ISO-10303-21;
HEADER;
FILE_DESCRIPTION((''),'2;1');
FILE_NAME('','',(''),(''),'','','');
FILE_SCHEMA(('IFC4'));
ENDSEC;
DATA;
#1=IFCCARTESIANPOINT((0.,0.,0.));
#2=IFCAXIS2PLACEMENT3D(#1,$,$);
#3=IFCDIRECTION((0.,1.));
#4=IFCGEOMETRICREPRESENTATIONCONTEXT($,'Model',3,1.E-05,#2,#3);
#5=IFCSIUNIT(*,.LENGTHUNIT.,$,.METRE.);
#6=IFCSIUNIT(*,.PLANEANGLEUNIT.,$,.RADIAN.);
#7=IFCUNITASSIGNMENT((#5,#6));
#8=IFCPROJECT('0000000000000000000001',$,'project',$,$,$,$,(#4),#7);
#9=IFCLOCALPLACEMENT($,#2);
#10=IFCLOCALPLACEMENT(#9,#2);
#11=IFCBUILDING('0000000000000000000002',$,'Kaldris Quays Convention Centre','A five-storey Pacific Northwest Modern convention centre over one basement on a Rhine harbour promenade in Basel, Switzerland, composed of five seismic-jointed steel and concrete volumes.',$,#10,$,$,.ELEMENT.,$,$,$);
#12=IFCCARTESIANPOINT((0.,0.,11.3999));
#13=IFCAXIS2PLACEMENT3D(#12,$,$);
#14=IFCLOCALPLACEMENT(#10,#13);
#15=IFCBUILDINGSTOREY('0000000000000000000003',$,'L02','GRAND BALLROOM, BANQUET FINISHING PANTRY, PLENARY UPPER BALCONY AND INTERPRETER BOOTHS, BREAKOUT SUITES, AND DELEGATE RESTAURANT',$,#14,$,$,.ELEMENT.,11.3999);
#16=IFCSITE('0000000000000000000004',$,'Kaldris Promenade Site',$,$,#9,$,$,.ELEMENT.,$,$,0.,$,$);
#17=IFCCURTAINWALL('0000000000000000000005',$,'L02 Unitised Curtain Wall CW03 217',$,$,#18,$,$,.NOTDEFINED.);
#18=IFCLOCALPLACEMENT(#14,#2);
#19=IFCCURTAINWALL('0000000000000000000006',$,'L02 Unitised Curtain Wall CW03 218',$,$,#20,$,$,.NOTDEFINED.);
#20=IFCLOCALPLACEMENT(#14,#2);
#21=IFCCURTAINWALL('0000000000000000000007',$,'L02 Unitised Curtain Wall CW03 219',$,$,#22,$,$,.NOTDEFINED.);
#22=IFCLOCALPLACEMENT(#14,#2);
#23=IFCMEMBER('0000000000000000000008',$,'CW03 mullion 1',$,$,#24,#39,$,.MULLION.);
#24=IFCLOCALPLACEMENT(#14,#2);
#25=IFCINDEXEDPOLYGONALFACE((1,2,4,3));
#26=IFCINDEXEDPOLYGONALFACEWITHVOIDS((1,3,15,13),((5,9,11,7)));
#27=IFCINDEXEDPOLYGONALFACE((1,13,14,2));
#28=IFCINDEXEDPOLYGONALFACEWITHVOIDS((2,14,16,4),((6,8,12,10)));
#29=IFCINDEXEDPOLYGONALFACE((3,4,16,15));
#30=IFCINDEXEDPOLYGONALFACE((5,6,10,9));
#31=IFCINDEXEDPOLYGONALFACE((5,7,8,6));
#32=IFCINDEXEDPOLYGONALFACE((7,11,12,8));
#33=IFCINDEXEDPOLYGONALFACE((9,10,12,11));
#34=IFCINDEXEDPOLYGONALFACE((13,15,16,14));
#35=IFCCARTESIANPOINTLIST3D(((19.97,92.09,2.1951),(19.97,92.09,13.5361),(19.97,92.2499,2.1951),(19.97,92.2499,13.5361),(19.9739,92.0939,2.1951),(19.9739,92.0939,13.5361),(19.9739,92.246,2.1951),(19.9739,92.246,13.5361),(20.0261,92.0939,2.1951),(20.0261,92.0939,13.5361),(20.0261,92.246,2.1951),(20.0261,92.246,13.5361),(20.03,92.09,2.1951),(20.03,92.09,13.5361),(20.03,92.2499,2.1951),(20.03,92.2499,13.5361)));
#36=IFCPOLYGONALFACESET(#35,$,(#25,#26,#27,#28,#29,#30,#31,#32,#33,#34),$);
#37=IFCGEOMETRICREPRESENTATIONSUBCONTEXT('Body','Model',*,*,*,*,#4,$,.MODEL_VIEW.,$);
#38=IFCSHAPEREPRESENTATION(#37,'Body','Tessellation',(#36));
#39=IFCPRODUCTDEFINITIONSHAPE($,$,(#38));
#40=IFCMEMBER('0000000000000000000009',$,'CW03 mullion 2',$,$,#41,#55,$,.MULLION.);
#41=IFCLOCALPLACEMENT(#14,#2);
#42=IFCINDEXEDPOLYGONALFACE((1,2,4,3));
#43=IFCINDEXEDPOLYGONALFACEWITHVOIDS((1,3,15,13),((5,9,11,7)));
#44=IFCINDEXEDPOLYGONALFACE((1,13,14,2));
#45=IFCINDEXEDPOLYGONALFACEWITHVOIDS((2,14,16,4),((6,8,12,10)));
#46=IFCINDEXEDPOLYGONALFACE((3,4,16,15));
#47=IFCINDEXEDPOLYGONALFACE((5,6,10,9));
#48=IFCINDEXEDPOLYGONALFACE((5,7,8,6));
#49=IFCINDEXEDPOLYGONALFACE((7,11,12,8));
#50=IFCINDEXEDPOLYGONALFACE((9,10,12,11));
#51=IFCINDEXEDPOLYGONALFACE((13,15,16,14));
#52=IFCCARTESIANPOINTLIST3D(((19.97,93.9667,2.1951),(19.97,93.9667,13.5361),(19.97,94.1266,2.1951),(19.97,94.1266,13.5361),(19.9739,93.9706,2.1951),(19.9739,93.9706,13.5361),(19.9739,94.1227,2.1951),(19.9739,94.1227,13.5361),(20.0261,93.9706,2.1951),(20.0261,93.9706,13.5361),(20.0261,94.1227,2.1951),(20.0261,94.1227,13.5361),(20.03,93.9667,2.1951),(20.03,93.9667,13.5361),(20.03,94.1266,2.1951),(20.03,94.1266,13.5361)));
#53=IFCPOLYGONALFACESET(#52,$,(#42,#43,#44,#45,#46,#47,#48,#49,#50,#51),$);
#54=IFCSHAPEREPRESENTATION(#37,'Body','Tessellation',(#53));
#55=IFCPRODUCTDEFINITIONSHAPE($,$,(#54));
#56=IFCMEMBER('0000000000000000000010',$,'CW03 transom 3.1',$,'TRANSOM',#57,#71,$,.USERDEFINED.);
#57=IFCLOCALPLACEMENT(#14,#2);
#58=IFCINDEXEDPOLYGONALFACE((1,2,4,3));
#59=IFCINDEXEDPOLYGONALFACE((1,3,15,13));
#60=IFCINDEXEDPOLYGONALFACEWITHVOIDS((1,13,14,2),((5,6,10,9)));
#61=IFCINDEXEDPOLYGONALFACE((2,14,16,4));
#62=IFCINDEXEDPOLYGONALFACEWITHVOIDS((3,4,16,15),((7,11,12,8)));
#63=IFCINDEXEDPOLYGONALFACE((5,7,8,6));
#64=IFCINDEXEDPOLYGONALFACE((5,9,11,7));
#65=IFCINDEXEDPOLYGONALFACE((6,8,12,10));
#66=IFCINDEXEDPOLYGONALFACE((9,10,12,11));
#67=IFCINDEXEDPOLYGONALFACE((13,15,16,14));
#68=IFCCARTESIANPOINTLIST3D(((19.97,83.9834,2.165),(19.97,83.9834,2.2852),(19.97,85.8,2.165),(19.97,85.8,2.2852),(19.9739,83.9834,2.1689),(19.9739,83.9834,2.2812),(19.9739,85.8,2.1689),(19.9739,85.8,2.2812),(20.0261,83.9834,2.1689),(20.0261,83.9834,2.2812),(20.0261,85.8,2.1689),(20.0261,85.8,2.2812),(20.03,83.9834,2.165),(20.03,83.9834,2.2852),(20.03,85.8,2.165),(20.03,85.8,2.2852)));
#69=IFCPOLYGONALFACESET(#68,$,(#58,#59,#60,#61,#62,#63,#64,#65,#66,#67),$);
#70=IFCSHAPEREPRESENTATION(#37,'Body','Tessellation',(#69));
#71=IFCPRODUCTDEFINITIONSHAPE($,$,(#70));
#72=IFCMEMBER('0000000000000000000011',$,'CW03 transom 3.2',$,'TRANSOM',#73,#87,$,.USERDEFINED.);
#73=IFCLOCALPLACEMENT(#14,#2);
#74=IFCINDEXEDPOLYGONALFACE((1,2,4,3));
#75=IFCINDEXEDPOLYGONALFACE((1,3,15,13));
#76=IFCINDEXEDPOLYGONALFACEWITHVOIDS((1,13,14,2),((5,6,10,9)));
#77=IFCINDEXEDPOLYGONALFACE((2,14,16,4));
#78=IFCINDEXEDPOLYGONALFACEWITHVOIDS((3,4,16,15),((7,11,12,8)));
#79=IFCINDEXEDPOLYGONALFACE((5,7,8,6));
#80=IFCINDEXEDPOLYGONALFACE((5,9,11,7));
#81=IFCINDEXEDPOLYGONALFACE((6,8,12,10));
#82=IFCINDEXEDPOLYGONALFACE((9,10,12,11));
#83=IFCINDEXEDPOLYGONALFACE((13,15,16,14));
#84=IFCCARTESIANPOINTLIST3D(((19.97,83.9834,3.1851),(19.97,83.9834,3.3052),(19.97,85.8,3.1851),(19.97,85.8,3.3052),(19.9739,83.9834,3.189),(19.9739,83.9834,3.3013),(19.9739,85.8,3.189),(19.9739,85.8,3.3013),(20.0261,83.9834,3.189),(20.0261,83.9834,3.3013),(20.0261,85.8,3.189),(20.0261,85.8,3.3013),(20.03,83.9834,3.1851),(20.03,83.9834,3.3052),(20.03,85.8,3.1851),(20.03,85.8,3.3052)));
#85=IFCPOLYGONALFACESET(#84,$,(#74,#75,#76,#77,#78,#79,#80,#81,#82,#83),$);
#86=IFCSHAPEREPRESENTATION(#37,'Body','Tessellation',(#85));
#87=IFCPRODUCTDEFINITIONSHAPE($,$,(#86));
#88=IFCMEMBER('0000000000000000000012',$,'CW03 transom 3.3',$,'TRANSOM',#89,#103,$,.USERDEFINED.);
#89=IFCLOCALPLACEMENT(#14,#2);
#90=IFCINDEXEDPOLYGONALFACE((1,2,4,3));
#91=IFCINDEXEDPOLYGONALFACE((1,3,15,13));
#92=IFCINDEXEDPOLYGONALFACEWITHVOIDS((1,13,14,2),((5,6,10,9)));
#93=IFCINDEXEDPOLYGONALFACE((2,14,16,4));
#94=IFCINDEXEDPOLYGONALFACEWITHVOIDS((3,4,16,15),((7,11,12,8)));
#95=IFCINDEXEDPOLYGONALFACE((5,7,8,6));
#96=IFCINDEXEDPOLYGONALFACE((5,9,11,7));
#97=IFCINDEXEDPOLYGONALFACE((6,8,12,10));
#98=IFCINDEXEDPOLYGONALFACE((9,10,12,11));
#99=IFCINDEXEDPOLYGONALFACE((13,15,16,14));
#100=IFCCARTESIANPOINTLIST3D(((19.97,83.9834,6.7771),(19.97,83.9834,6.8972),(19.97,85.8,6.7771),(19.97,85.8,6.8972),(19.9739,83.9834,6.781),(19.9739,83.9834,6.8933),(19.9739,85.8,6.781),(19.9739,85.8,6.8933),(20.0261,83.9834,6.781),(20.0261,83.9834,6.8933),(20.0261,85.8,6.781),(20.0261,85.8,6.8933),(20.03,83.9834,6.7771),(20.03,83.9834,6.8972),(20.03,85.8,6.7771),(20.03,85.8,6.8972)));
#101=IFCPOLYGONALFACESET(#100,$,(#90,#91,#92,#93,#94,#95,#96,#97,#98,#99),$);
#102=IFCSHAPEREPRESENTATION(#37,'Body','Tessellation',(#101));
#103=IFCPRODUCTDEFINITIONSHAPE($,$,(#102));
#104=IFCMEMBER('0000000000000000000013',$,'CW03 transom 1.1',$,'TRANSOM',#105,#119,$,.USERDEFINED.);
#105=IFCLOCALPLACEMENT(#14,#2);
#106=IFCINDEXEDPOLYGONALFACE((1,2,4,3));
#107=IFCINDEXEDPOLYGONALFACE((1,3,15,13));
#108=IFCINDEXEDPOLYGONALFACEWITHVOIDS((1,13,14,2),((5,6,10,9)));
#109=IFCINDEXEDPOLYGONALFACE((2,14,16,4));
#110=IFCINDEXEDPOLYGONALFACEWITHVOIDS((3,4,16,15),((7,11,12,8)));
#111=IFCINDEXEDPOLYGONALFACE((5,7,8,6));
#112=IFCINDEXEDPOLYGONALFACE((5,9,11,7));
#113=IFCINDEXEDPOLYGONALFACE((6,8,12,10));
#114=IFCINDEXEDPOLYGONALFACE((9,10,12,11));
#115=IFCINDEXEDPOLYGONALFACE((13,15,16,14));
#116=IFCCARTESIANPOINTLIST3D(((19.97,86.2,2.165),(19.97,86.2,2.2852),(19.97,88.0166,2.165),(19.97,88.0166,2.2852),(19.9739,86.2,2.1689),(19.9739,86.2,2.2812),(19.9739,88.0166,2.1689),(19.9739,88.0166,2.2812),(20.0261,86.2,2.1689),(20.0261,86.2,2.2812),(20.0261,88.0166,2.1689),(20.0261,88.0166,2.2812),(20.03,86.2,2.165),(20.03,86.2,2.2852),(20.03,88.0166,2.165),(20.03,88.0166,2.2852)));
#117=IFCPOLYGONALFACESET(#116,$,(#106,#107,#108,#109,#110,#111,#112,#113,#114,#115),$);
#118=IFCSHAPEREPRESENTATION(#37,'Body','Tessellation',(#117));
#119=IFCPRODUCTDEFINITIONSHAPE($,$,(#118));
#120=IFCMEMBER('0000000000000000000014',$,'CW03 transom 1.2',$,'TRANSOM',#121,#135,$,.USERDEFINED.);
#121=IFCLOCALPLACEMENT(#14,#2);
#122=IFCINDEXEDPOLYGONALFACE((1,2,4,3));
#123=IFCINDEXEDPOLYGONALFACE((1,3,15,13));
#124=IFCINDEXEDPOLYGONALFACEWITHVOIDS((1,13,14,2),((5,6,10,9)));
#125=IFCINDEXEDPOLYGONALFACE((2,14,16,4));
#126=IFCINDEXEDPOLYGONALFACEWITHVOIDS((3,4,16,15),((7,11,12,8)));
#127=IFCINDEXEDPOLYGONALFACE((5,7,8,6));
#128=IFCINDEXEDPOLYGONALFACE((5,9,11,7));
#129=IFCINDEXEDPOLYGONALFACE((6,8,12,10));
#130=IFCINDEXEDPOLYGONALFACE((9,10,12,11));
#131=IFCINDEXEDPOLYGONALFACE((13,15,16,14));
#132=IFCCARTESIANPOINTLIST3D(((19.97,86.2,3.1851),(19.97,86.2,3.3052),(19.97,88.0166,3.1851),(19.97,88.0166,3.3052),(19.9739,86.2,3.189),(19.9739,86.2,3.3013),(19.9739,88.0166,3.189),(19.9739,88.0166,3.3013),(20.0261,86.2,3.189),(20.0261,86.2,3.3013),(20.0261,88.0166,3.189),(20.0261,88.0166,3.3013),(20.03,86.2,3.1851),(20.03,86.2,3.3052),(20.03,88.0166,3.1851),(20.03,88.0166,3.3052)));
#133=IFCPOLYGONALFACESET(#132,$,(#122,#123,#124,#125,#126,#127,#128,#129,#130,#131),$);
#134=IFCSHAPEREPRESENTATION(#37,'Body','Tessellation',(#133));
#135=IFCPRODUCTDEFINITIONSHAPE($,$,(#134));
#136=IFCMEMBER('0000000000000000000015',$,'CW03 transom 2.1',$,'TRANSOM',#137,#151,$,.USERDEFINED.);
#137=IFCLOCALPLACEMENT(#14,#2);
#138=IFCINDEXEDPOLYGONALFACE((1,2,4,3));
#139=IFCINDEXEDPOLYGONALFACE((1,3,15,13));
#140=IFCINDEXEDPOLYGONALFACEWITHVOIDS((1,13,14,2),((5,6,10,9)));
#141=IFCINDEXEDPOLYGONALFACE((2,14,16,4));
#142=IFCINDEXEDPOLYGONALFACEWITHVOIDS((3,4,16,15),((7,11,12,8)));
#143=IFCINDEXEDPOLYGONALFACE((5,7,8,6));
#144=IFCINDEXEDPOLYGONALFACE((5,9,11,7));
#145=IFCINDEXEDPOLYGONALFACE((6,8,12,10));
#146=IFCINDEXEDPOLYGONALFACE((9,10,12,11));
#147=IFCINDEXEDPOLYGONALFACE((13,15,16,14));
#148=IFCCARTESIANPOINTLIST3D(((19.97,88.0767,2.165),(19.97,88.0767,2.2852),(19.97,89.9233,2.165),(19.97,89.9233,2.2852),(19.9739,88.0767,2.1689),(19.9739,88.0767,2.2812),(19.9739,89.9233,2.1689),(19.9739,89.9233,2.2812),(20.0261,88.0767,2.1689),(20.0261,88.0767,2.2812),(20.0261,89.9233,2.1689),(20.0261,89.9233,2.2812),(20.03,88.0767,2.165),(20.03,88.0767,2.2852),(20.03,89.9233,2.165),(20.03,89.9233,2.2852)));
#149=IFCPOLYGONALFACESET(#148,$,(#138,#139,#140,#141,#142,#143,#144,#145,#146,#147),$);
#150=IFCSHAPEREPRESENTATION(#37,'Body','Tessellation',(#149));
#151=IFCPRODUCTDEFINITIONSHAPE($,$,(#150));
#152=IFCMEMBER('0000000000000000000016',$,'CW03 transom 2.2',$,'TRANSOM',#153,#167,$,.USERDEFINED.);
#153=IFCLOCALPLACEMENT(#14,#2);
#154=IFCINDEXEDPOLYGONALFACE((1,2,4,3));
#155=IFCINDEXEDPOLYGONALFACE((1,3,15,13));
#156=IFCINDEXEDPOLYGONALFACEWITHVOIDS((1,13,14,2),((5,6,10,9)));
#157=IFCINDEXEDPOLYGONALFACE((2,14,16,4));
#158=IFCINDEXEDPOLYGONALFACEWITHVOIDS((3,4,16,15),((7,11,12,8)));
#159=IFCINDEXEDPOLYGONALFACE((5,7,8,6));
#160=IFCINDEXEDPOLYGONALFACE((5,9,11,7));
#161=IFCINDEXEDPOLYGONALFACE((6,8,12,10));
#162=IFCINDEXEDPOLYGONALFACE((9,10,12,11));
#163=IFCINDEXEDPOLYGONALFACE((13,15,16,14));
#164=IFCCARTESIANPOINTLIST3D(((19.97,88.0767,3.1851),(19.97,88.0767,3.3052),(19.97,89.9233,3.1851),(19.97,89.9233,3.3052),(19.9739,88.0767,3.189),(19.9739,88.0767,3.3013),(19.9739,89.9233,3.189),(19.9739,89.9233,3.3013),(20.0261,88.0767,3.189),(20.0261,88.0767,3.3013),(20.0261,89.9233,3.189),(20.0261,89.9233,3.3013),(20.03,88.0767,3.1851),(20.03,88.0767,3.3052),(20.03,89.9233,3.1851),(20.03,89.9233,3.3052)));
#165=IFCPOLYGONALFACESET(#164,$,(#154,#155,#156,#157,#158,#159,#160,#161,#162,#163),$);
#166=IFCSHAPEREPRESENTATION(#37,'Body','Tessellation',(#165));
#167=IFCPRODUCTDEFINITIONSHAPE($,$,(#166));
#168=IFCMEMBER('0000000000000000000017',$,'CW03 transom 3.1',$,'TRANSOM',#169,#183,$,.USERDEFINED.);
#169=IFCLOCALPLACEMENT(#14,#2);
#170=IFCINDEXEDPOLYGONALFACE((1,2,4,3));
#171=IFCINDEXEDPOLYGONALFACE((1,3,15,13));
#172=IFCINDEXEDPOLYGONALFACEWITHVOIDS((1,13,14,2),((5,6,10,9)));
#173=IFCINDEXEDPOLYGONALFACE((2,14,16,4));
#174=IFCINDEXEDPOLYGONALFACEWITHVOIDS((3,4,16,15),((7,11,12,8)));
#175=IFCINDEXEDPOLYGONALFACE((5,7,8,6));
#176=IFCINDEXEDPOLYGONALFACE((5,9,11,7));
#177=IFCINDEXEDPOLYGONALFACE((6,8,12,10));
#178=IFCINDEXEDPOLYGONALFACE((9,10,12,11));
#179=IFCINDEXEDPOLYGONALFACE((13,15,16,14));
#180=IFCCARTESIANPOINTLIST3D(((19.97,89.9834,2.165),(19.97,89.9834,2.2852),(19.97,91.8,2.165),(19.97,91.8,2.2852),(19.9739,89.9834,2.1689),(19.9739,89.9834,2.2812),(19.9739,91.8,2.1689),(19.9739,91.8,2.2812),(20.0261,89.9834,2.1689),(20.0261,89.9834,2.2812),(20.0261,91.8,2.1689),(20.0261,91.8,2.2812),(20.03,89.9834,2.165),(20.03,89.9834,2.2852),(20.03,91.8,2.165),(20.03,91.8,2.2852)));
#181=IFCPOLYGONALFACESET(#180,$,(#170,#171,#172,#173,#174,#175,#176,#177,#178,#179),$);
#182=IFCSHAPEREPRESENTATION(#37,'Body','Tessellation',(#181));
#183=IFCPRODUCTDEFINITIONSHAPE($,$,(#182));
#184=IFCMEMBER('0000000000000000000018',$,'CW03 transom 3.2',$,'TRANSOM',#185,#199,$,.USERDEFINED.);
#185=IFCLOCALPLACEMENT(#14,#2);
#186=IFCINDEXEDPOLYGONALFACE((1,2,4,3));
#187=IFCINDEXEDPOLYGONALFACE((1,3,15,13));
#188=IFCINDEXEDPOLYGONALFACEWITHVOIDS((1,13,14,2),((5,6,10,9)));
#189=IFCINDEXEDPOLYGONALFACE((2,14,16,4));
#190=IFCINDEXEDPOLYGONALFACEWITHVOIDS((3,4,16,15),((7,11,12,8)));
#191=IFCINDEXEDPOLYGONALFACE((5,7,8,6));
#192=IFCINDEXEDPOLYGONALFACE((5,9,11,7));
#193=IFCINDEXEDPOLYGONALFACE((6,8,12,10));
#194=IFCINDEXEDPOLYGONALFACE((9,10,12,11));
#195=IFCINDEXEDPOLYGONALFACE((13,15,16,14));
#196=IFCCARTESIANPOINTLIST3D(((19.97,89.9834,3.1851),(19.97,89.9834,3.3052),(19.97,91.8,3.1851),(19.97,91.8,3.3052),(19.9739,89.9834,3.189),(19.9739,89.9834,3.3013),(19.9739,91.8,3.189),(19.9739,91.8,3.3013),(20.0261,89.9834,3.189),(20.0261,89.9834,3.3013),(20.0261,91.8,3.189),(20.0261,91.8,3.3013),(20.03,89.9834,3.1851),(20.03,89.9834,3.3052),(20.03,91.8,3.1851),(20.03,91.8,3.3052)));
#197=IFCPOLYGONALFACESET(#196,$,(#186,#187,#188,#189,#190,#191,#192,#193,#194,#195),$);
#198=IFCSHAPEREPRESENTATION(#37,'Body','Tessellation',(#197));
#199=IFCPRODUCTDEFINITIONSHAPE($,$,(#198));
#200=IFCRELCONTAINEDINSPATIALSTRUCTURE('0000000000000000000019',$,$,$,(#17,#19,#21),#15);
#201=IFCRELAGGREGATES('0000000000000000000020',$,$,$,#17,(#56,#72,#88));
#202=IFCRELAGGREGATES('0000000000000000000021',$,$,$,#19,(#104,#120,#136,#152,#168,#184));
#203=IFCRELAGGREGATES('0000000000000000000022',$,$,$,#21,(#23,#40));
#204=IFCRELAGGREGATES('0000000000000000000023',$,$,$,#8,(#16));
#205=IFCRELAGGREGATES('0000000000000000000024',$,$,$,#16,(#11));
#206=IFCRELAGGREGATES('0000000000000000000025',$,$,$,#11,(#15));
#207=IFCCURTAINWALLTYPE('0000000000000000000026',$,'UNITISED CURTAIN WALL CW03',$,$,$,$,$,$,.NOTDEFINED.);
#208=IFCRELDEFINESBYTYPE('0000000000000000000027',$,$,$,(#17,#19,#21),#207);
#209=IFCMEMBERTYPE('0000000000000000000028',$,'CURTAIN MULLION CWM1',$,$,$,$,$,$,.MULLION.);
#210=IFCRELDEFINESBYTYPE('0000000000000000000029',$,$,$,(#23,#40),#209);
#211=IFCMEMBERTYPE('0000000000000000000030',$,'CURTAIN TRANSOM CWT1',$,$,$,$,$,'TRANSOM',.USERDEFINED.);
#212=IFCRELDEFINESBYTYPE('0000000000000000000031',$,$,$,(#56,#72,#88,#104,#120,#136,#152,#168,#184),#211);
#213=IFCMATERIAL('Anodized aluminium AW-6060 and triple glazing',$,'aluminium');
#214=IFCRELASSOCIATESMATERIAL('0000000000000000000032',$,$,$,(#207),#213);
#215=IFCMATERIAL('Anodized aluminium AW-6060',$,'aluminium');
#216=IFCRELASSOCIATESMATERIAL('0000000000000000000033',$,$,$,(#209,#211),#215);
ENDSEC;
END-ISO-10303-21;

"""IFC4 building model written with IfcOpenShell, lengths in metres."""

from ifc_helpers import new_model, si_unit, direction, frame, origin, origin_2d, place, context, subcontext, project, spatial, hollow_rectangle, extrude, material, material_profile, profile_set, type_object, element, aggregate, save


model = new_model("IFC4")

# Units and contexts
model_context = context("Model", 3, precision=1e-05, world=origin(), true_north=direction((0.0, 1.0)))
body_context = subcontext(model_context, "Body", "Model", "MODEL_VIEW")
ifc_project = project(units=[si_unit("LENGTHUNIT", "METRE"), si_unit("PLANEANGLEUNIT", "RADIAN")], contexts=[model_context])

# Site, building, storey
site_placement = place(None, origin())
site = spatial("IfcSite", under=ifc_project, at=site_placement, Name="Kaldris Promenade Site", CompositionType="ELEMENT", RefElevation=0.0)
building_placement = place(site_placement, origin())
building = spatial("IfcBuilding", under=site, at=building_placement, Name="Kaldris Quays Convention Centre", Description="A five-storey Pacific Northwest Modern convention centre over one basement on a Rhine harbour promenade in Basel, Switzerland, composed of five seismic-jointed steel and concrete volumes.", CompositionType="ELEMENT")
storey_placement = place(building_placement, frame((0.0, 0.0, 11.3999)))
storey = spatial("IfcBuildingStorey", under=building, at=storey_placement, Name="L02", Description="GRAND BALLROOM, BANQUET FINISHING PANTRY, PLENARY UPPER BALCONY AND INTERPRETER BOOTHS, BREAKOUT SUITES, AND DELEGATE RESTAURANT", CompositionType="ELEMENT", Elevation=11.3999)

# Curtain walls, members
ifc_material_1 = material(Name="Anodized aluminium AW-6060 and triple glazing", Category="aluminium")
curtain_wall_type = type_object("IfcCurtainWallType", Name="UNITISED CURTAIN WALL CW03", PredefinedType="NOTDEFINED", material=ifc_material_1)
curtain_wall_1_placement = place(storey_placement, origin())
curtain_wall_1 = element("IfcCurtainWall", 1, at=curtain_wall_1_placement, inside=storey, type_object=curtain_wall_type, Name="L02 Unitised Curtain Wall CW03 217", PredefinedType="NOTDEFINED")
ifc_material_2 = material(Name="Anodized aluminium AW-6060", Category="aluminium")
ifc_material_profile_1 = material_profile(ifc_material_2, hollow_rectangle(XDim=0.0601, YDim=0.1599, WallThickness=0.0039, at=origin_2d()), Name="RHS 160x60x4")
ifc_profile_set_1 = profile_set([ifc_material_profile_1], Name="Anodized aluminium AW-6060")
member_type_1 = type_object("IfcMemberType", Name="CURTAIN MULLION CWM1", PredefinedType="MULLION", material=ifc_profile_set_1)
curtain_wall_2_placement = place(storey_placement, origin())
curtain_wall_2 = element("IfcCurtainWall", 2, at=curtain_wall_2_placement, inside=storey, type_object=curtain_wall_type, Name="L02 Unitised Curtain Wall CW03 218", PredefinedType="NOTDEFINED")
curtain_wall_3_placement = place(storey_placement, origin())
curtain_wall_3 = element("IfcCurtainWall", 3, at=curtain_wall_3_placement, inside=storey, type_object=curtain_wall_type, Name="L02 Unitised Curtain Wall CW03 219", PredefinedType="NOTDEFINED")
member_1_placement = place(storey_placement, frame((20.0, 92.1699, 2.1951), z_axis=(0.0, 0.0, 1.0), x_axis=(-1.0, 0.0, 0.0)))
member_1 = element("IfcMember", 4, at=member_1_placement, type_object=member_type_1, Name="CW03 mullion 1", PredefinedType="MULLION", context=body_context, shape_type="SweptSolid", body=[
    extrude(hollow_rectangle(XDim=0.0601, YDim=0.1599, WallThickness=0.0039, at=origin_2d()), origin(), (0.0, 0.0, 1.0), 11.3411),
])
member_2_placement = place(storey_placement, frame((20.0, 94.0466, 2.1951), z_axis=(0.0, 0.0, 1.0), x_axis=(-1.0, 0.0, 0.0)))
member_2 = element("IfcMember", 5, at=member_2_placement, type_object=member_type_1, Name="CW03 mullion 2", PredefinedType="MULLION", context=body_context, shape_type="SweptSolid", body=[
    extrude(hollow_rectangle(XDim=0.0601, YDim=0.1599, WallThickness=0.0039, at=origin_2d()), origin(), (0.0, 0.0, 1.0), 11.3411),
])

# Members
ifc_material_profile_2 = material_profile(ifc_material_2, hollow_rectangle(XDim=0.0601, YDim=0.1201, WallThickness=0.0039, at=origin_2d()), Name="RHS 120x60x4")
ifc_profile_set_2 = profile_set([ifc_material_profile_2], Name="Anodized aluminium AW-6060")
member_type_2 = type_object("IfcMemberType", Name="CURTAIN TRANSOM CWT1", ElementType="TRANSOM", PredefinedType="USERDEFINED", material=ifc_profile_set_2)
member_3_placement = place(storey_placement, frame((20.0, 83.9834, 2.2251), z_axis=(0.0, 1.0, 0.0), x_axis=(-1.0, 0.0, 0.0)))
member_3 = element("IfcMember", 6, at=member_3_placement, type_object=member_type_2, Name="CW03 transom 3.1", ObjectType="TRANSOM", PredefinedType="USERDEFINED", context=body_context, shape_type="SweptSolid", body=[
    extrude(hollow_rectangle(XDim=0.0601, YDim=0.1201, WallThickness=0.0039, at=origin_2d()), origin(), (0.0, 0.0, 1.0), 1.8167),
])
member_4_placement = place(storey_placement, frame((20.0, 83.9834, 3.2451), z_axis=(0.0, 1.0, 0.0), x_axis=(-1.0, 0.0, 0.0)))
member_4 = element("IfcMember", 7, at=member_4_placement, type_object=member_type_2, Name="CW03 transom 3.2", ObjectType="TRANSOM", PredefinedType="USERDEFINED", context=body_context, shape_type="SweptSolid", body=[
    extrude(hollow_rectangle(XDim=0.0601, YDim=0.1201, WallThickness=0.0039, at=origin_2d()), origin(), (0.0, 0.0, 1.0), 1.8167),
])
member_5_placement = place(storey_placement, frame((20.0, 83.9834, 6.8372), z_axis=(0.0, 1.0, 0.0), x_axis=(-1.0, 0.0, 0.0)))
member_5 = element("IfcMember", 8, at=member_5_placement, type_object=member_type_2, Name="CW03 transom 3.3", ObjectType="TRANSOM", PredefinedType="USERDEFINED", context=body_context, shape_type="SweptSolid", body=[
    extrude(hollow_rectangle(XDim=0.0601, YDim=0.1201, WallThickness=0.0039, at=origin_2d()), origin(), (0.0, 0.0, 1.0), 1.8167),
])
member_6_placement = place(storey_placement, frame((20.0, 86.2, 2.2251), z_axis=(0.0, 1.0, 0.0), x_axis=(-1.0, 0.0, 0.0)))
member_6 = element("IfcMember", 9, at=member_6_placement, type_object=member_type_2, Name="CW03 transom 1.1", ObjectType="TRANSOM", PredefinedType="USERDEFINED", context=body_context, shape_type="SweptSolid", body=[
    extrude(hollow_rectangle(XDim=0.0601, YDim=0.1201, WallThickness=0.0039, at=origin_2d()), origin(), (0.0, 0.0, 1.0), 1.8167),
])
member_7_placement = place(storey_placement, frame((20.0, 86.2, 3.2451), z_axis=(0.0, 1.0, 0.0), x_axis=(-1.0, 0.0, 0.0)))
member_7 = element("IfcMember", 10, at=member_7_placement, type_object=member_type_2, Name="CW03 transom 1.2", ObjectType="TRANSOM", PredefinedType="USERDEFINED", context=body_context, shape_type="SweptSolid", body=[
    extrude(hollow_rectangle(XDim=0.0601, YDim=0.1201, WallThickness=0.0039, at=origin_2d()), origin(), (0.0, 0.0, 1.0), 1.8167),
])
member_8_placement = place(storey_placement, frame((20.0, 88.0767, 2.2251), z_axis=(0.0, 1.0, 0.0), x_axis=(-1.0, 0.0, 0.0)))
member_8 = element("IfcMember", 11, at=member_8_placement, type_object=member_type_2, Name="CW03 transom 2.1", ObjectType="TRANSOM", PredefinedType="USERDEFINED", context=body_context, shape_type="SweptSolid", body=[
    extrude(hollow_rectangle(XDim=0.0601, YDim=0.1201, WallThickness=0.0039, at=origin_2d()), origin(), (0.0, 0.0, 1.0), 1.8467),
])
member_9_placement = place(storey_placement, frame((20.0, 88.0767, 3.2451), z_axis=(0.0, 1.0, 0.0), x_axis=(-1.0, 0.0, 0.0)))
member_9 = element("IfcMember", 12, at=member_9_placement, type_object=member_type_2, Name="CW03 transom 2.2", ObjectType="TRANSOM", PredefinedType="USERDEFINED", context=body_context, shape_type="SweptSolid", body=[
    extrude(hollow_rectangle(XDim=0.0601, YDim=0.1201, WallThickness=0.0039, at=origin_2d()), origin(), (0.0, 0.0, 1.0), 1.8467),
])
member_10_placement = place(storey_placement, frame((20.0, 89.9834, 2.2251), z_axis=(0.0, 1.0, 0.0), x_axis=(-1.0, 0.0, 0.0)))
member_10 = element("IfcMember", 13, at=member_10_placement, type_object=member_type_2, Name="CW03 transom 3.1", ObjectType="TRANSOM", PredefinedType="USERDEFINED", context=body_context, shape_type="SweptSolid", body=[
    extrude(hollow_rectangle(XDim=0.0601, YDim=0.1201, WallThickness=0.0039, at=origin_2d()), origin(), (0.0, 0.0, 1.0), 1.8167),
])
member_11_placement = place(storey_placement, frame((20.0, 89.9834, 3.2451), z_axis=(0.0, 1.0, 0.0), x_axis=(-1.0, 0.0, 0.0)))
member_11 = element("IfcMember", 14, at=member_11_placement, type_object=member_type_2, Name="CW03 transom 3.2", ObjectType="TRANSOM", PredefinedType="USERDEFINED", context=body_context, shape_type="SweptSolid", body=[
    extrude(hollow_rectangle(XDim=0.0601, YDim=0.1201, WallThickness=0.0039, at=origin_2d()), origin(), (0.0, 0.0, 1.0), 1.8167),
])

aggregate(curtain_wall_1, [member_3, member_4, member_5])
aggregate(curtain_wall_2, [member_6, member_7, member_8, member_9, member_10, member_11])
aggregate(curtain_wall_3, [member_1, member_2])

save(model, "model.ifc")
